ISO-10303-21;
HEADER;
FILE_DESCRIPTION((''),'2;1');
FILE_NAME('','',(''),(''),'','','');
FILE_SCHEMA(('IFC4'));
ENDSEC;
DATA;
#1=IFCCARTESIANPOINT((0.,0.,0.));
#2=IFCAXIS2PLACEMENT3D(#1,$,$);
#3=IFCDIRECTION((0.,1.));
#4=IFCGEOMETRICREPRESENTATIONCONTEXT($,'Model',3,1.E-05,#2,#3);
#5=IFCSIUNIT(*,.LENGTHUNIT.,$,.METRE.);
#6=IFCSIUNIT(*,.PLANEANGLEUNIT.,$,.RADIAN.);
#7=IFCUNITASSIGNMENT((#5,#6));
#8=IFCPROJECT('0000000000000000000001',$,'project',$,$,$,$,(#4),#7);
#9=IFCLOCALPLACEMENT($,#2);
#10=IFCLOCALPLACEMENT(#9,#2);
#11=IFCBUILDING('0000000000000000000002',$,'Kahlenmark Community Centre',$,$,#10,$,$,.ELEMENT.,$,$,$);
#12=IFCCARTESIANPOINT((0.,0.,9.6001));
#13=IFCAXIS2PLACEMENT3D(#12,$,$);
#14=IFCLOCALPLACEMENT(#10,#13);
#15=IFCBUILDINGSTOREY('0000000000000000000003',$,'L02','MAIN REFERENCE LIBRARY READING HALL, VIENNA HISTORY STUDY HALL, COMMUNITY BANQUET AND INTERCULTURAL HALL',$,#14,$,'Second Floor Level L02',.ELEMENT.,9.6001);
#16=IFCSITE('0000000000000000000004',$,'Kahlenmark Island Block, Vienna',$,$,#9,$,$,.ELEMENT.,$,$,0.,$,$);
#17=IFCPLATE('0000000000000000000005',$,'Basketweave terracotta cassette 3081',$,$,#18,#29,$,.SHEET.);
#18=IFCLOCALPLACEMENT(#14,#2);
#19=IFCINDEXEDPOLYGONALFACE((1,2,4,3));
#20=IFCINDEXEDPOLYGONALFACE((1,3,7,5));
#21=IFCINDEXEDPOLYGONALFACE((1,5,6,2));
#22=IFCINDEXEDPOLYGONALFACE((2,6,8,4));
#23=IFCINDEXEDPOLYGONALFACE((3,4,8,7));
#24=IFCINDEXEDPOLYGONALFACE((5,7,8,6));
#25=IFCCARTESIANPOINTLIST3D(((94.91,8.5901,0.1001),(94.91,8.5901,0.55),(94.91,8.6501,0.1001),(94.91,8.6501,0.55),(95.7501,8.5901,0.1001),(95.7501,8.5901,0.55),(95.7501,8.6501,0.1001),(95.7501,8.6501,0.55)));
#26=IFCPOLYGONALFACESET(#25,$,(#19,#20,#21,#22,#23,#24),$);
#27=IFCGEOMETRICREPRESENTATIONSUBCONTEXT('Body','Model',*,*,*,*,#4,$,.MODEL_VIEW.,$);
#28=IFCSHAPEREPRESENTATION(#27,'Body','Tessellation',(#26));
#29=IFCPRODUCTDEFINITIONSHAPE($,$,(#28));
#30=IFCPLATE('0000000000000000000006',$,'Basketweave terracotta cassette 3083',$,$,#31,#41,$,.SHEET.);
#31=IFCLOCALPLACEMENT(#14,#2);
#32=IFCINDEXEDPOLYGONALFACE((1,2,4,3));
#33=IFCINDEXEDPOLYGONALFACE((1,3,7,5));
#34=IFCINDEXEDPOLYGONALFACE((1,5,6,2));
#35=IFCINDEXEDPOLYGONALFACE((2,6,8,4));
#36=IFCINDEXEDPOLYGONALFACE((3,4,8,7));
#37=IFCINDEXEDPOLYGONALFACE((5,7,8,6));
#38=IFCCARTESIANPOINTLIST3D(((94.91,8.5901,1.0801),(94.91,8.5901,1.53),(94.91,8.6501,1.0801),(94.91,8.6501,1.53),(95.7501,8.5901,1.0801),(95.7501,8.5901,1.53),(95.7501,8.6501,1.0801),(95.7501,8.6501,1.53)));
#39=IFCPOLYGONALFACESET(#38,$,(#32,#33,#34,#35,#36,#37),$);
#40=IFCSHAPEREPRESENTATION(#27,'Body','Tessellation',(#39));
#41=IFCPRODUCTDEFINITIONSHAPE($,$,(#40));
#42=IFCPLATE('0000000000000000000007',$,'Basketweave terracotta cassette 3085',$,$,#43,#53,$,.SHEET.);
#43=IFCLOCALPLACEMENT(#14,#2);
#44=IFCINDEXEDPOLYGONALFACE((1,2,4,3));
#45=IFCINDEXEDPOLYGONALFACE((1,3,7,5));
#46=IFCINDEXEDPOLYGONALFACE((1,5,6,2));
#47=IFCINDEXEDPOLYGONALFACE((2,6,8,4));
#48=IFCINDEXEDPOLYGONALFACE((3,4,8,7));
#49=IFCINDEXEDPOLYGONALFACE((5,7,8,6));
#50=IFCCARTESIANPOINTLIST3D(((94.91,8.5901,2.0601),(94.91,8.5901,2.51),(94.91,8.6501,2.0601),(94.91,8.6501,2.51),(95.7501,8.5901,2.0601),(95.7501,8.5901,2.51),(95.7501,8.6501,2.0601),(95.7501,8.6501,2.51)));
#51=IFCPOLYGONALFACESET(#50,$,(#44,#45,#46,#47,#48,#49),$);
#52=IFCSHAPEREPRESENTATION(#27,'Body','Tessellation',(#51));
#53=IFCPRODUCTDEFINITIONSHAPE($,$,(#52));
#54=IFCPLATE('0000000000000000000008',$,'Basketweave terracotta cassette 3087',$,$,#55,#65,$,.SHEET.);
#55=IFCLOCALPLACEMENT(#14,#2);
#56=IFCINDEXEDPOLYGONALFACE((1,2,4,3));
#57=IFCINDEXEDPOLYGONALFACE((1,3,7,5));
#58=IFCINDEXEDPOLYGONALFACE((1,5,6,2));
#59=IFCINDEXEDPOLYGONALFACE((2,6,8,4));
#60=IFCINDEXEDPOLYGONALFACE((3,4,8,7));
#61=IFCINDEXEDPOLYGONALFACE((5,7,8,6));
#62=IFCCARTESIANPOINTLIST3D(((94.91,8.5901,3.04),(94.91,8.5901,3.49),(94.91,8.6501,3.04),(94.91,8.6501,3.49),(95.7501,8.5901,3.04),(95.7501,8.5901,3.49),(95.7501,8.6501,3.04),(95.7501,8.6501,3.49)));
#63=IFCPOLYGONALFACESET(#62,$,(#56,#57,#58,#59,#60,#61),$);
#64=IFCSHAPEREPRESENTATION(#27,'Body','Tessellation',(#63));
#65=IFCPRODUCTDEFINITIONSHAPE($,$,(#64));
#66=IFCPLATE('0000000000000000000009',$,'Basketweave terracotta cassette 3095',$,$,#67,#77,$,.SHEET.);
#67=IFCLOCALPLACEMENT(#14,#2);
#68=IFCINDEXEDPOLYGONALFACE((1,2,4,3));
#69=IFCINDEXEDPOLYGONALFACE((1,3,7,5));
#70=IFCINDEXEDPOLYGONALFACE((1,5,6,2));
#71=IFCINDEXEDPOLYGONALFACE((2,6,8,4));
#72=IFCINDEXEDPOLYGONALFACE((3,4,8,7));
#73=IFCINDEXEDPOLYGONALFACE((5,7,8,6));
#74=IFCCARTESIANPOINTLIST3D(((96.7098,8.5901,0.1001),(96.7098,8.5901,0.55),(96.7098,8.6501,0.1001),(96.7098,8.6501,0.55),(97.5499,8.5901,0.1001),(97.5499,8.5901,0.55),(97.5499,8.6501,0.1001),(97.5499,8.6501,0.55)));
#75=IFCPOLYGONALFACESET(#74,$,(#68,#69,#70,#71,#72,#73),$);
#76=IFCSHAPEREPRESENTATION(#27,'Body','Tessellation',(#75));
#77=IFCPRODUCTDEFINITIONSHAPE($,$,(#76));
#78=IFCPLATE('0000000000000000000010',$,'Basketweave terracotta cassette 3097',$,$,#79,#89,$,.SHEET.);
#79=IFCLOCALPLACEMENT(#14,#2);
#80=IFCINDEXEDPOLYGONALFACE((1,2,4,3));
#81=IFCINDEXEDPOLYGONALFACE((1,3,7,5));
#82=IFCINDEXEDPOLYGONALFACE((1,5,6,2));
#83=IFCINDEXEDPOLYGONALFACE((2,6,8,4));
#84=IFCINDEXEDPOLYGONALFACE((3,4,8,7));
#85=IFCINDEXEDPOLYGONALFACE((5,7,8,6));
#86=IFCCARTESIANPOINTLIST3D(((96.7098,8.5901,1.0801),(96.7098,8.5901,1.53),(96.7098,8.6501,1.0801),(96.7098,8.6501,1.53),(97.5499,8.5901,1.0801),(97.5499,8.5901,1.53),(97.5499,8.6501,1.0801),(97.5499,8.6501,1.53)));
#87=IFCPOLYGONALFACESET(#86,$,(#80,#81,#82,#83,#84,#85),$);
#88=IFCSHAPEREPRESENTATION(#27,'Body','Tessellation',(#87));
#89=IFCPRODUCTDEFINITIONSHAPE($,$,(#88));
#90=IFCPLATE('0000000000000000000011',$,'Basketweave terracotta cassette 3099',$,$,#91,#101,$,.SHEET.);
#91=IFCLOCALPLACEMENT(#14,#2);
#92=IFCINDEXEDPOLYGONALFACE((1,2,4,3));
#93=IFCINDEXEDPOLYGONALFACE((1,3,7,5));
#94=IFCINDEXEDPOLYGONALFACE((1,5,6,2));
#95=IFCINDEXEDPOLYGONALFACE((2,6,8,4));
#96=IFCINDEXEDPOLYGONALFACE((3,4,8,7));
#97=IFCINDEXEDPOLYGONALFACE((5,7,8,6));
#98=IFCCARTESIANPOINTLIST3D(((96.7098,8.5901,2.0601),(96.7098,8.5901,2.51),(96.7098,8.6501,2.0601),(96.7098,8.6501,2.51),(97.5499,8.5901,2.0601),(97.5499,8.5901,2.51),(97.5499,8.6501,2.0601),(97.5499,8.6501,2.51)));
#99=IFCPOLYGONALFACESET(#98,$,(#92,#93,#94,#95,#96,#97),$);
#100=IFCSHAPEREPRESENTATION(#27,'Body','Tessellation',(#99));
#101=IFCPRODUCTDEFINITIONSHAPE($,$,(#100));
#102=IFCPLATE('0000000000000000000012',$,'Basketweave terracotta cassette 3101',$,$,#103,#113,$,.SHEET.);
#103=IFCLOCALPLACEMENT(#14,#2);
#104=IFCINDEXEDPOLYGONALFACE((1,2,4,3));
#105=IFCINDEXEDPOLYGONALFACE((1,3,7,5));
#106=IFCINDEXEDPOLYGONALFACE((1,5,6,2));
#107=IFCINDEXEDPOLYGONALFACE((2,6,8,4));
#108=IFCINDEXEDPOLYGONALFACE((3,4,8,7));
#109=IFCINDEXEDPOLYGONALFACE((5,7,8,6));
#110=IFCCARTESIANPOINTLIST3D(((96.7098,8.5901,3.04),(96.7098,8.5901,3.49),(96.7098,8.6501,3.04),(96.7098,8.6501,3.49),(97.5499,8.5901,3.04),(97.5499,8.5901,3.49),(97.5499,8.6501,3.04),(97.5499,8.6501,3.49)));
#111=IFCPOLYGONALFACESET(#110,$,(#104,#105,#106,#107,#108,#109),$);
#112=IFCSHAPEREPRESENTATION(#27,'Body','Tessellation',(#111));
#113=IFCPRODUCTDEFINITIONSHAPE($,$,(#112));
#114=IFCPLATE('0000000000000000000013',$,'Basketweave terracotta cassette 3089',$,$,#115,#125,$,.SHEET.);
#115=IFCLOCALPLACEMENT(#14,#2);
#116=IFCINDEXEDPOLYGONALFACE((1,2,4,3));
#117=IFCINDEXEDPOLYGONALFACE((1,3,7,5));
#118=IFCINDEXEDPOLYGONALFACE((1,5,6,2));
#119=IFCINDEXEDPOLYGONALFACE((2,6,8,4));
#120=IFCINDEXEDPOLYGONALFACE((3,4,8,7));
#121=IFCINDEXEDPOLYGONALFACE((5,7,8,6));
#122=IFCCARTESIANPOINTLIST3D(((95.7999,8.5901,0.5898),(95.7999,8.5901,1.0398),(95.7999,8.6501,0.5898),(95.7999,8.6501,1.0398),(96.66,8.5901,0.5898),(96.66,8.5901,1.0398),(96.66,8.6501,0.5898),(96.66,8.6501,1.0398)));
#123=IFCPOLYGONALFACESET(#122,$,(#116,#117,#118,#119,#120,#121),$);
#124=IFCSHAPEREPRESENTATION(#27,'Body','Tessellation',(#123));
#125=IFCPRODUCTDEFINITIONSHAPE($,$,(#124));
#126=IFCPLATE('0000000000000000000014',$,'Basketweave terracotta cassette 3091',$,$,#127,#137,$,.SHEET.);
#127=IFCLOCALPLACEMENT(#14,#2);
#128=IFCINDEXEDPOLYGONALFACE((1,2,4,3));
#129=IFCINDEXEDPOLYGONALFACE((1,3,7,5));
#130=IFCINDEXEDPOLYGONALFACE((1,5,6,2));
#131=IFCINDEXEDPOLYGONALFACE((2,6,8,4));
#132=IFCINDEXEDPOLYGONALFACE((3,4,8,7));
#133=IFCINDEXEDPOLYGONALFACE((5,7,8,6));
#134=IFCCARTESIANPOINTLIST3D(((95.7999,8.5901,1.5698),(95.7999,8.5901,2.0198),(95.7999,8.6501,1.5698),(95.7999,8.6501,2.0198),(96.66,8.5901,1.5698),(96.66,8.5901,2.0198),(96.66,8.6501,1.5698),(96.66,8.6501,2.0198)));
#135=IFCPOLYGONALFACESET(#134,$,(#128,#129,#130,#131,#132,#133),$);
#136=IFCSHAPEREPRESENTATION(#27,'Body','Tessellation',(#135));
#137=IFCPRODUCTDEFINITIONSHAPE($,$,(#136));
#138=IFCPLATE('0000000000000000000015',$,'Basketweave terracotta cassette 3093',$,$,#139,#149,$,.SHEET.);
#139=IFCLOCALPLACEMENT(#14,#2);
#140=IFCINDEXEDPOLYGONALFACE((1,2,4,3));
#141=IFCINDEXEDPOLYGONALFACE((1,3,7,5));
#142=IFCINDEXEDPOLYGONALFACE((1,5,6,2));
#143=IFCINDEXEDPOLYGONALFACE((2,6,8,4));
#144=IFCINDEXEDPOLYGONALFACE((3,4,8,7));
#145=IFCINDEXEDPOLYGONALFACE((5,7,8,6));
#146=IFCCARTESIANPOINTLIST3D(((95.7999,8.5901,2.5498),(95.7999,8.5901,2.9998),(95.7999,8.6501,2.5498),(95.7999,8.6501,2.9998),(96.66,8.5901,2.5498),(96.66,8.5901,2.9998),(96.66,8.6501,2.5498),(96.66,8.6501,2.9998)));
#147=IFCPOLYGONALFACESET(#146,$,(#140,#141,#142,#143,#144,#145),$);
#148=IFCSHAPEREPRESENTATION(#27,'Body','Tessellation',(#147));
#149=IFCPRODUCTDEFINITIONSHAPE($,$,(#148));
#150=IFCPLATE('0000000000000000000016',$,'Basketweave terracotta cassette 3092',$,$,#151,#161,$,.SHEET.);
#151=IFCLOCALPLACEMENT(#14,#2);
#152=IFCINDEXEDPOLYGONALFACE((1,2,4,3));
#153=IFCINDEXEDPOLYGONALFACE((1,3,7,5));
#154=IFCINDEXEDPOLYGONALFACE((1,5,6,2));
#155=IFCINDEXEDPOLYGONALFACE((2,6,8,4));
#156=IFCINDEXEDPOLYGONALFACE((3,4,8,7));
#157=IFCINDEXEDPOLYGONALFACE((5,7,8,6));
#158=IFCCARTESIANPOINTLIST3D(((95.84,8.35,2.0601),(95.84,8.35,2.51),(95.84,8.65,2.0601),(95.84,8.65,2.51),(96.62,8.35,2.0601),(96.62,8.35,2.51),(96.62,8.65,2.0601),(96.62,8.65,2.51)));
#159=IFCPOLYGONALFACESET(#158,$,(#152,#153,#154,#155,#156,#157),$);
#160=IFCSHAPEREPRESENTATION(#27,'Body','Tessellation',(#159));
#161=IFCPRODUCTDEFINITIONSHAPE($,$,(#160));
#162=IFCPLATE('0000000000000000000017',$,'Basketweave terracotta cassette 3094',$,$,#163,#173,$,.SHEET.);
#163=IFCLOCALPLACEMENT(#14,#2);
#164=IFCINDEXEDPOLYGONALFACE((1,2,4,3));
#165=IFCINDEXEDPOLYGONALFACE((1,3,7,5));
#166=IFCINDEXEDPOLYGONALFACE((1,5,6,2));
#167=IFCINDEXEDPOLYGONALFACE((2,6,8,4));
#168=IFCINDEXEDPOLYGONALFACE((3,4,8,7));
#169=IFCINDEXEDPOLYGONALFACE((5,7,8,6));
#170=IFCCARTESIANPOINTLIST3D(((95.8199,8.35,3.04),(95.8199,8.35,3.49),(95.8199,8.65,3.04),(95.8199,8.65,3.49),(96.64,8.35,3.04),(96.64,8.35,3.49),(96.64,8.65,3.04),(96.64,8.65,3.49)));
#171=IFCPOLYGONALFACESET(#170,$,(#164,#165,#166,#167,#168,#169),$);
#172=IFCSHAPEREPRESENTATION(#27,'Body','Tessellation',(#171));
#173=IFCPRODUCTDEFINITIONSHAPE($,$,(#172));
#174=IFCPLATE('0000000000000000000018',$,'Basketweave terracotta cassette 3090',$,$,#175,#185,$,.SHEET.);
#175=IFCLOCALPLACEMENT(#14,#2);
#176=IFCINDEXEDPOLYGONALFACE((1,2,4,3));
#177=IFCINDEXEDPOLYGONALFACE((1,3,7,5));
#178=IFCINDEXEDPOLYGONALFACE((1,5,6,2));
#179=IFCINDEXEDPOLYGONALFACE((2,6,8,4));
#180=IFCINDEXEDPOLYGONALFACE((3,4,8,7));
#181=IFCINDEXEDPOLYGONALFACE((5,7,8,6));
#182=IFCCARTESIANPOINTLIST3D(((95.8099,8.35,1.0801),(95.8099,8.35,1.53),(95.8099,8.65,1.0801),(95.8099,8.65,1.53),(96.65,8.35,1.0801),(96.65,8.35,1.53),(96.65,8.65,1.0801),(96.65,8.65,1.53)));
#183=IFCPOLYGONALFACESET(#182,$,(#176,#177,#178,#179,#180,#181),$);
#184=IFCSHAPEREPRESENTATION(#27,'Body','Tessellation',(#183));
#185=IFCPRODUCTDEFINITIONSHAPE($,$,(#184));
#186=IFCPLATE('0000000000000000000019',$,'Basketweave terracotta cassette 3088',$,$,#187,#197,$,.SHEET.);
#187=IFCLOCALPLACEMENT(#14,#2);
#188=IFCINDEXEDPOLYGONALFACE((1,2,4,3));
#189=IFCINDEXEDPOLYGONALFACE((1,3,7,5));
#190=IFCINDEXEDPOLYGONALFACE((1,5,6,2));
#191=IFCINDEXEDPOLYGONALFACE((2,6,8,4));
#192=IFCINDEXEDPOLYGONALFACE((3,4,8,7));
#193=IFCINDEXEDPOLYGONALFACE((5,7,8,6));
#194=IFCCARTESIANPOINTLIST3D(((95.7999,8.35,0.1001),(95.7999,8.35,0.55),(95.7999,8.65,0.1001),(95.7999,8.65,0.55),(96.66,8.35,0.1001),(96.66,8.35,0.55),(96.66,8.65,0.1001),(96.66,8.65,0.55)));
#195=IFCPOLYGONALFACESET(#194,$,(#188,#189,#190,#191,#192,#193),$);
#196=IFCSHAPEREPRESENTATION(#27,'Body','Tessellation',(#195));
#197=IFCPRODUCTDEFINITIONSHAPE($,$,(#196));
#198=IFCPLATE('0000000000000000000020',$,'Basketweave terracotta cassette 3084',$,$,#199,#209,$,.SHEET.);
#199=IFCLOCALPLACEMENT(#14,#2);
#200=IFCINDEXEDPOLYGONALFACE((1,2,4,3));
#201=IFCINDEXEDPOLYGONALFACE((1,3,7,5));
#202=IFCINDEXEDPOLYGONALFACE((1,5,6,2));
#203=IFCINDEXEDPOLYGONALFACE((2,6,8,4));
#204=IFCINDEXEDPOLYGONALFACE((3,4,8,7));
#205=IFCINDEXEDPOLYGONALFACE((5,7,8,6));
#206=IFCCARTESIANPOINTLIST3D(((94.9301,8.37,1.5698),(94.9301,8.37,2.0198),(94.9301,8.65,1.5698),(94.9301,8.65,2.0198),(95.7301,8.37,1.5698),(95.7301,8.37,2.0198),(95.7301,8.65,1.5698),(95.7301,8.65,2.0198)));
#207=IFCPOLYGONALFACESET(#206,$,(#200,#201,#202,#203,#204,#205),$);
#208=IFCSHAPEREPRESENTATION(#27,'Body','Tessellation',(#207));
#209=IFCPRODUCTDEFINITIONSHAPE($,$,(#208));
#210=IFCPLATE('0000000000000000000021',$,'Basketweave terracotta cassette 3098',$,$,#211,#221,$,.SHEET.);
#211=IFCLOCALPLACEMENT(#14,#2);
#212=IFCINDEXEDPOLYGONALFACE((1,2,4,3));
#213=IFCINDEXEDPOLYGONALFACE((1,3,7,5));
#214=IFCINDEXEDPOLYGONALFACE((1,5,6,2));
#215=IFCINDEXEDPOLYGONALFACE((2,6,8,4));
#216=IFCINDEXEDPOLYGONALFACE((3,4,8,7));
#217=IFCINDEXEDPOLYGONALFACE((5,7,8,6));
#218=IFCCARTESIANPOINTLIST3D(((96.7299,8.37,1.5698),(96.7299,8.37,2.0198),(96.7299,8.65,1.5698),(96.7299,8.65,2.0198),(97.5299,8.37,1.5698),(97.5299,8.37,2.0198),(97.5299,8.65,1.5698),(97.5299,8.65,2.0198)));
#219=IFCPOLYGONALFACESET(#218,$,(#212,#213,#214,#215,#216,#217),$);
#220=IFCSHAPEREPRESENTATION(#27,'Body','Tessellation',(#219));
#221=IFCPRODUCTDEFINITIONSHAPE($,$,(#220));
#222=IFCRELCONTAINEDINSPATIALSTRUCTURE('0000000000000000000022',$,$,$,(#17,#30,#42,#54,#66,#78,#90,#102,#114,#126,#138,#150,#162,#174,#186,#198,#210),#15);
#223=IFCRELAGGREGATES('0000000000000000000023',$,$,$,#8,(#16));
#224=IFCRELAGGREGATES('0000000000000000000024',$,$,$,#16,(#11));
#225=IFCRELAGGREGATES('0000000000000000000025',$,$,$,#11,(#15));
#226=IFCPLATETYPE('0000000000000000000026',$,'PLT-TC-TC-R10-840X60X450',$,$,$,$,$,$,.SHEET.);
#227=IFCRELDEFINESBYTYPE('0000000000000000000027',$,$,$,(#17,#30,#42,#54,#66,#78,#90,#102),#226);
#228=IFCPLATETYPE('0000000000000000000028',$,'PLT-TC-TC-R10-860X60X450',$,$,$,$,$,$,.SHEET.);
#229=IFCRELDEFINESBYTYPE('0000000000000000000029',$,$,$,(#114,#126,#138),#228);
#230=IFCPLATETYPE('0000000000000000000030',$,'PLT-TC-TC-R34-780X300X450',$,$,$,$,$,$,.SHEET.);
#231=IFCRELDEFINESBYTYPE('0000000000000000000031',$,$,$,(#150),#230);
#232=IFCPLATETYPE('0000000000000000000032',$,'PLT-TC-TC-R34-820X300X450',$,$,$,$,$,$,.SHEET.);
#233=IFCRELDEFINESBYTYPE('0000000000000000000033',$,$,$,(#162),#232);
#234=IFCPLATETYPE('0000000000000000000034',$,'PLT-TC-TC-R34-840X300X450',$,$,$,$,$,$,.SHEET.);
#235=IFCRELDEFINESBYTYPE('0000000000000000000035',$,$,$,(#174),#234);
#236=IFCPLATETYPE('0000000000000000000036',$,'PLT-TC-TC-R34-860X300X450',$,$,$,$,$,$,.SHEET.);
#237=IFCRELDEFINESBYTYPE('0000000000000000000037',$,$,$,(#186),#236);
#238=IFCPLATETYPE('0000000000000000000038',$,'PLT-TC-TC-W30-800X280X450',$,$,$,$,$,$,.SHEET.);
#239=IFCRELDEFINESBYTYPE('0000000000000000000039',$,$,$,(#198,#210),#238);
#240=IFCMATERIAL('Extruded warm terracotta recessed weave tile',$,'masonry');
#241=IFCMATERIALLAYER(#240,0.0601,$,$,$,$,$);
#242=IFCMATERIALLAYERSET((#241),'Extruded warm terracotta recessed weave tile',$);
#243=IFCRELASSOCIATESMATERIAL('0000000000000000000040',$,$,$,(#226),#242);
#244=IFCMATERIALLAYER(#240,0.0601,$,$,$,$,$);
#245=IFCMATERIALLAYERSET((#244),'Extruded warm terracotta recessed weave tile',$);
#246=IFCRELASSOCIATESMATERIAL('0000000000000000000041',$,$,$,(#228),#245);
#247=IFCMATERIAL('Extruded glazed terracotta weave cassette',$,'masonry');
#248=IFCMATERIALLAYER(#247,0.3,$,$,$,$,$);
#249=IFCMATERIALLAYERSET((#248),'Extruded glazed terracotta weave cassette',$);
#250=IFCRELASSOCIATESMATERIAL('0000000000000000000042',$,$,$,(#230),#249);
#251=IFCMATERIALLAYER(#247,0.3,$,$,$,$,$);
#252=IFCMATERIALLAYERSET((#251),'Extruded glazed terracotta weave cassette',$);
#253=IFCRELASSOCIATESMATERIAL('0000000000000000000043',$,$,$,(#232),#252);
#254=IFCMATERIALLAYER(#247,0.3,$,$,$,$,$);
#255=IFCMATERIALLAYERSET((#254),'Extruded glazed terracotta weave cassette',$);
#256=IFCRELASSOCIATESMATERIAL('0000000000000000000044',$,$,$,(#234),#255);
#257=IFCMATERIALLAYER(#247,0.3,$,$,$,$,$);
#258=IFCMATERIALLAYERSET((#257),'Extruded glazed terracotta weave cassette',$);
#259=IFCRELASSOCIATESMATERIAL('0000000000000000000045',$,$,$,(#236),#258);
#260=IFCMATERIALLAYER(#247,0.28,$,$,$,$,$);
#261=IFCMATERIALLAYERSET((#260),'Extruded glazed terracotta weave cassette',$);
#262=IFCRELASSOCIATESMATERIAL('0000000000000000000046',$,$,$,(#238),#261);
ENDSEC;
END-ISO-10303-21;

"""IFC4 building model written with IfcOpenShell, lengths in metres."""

from ifc_helpers import new_model, si_unit, direction, frame, origin, origin_2d, place, context, subcontext, project, spatial, rectangle, extrude, material, layer, layer_set, type_object, element, save


model = new_model("IFC4")

# Units and contexts
model_context = context("Model", 3, precision=1e-05, world=origin(), true_north=direction((0.0, 1.0)))
body_context = subcontext(model_context, "Body", "Model", "MODEL_VIEW")
ifc_project = project(units=[si_unit("LENGTHUNIT", "METRE"), si_unit("PLANEANGLEUNIT", "RADIAN")], contexts=[model_context])

# Site, building, storey
site_placement = place(None, origin())
site = spatial("IfcSite", under=ifc_project, at=site_placement, Name="Kahlenmark Island Block, Vienna", CompositionType="ELEMENT", RefElevation=0.0)
building_placement = place(site_placement, origin())
building = spatial("IfcBuilding", under=site, at=building_placement, Name="Kahlenmark Community Centre", CompositionType="ELEMENT")
storey_placement = place(building_placement, frame((0.0, 0.0, 9.6001)))
storey = spatial("IfcBuildingStorey", under=building, at=storey_placement, Name="L02", Description="MAIN REFERENCE LIBRARY READING HALL, VIENNA HISTORY STUDY HALL, COMMUNITY BANQUET AND INTERCULTURAL HALL", LongName="Second Floor Level L02", CompositionType="ELEMENT", Elevation=9.6001)

# Plates
ifc_material_1 = material(Name="Extruded warm terracotta recessed weave tile", Category="masonry")
ifc_layer_1 = layer(ifc_material_1, 0.0601)
ifc_layer_set_1 = layer_set([ifc_layer_1], Name="Extruded warm terracotta recessed weave tile")
plate_type_1 = type_object("IfcPlateType", Name="PLT-TC-TC-R10-840X60X450", PredefinedType="SHEET", material=ifc_layer_set_1)
for number, where, z_axis, x_axis, name in (
    (1, (95.3301, 8.6201, 0.1001), (0.0, 0.0, 1.0), (1.0, 0.0, 0.0), "Basketweave terracotta cassette 3081"),
    (2, (95.3301, 8.6201, 1.0801), (0.0, 0.0, 1.0), (1.0, 0.0, 0.0), "Basketweave terracotta cassette 3083"),
    (3, (95.3301, 8.6201, 2.0601), (0.0, 0.0, 1.0), (1.0, 0.0, 0.0), "Basketweave terracotta cassette 3085"),
    (4, (95.3301, 8.6201, 3.04), (0.0, 0.0, 1.0), (1.0, 0.0, 0.0), "Basketweave terracotta cassette 3087"),
    (5, (97.1299, 8.6201, 0.1001), (0.0, 0.0, 1.0), (1.0, 0.0, 0.0), "Basketweave terracotta cassette 3095"),
    (6, (97.1299, 8.6201, 1.0801), (0.0, 0.0, 1.0), (1.0, 0.0, 0.0), "Basketweave terracotta cassette 3097"),
    (7, (97.1299, 8.6201, 2.0601), (0.0, 0.0, 1.0), (1.0, 0.0, 0.0), "Basketweave terracotta cassette 3099"),
    (8, (97.1299, 8.6201, 3.04), (0.0, 0.0, 1.0), (1.0, 0.0, 0.0), "Basketweave terracotta cassette 3101"),
):
    element("IfcPlate", number, at=place(storey_placement, frame(where, z_axis=z_axis, x_axis=x_axis)), inside=storey, type_object=plate_type_1, Name=name, PredefinedType="SHEET", context=body_context, shape_type="SweptSolid", body=[
        extrude(rectangle(XDim=0.8401, YDim=0.0601, at=origin_2d()), origin(), (0.0, 0.0, 1.0), 0.45),
    ])
ifc_layer_2 = layer(ifc_material_1, 0.0601)
ifc_layer_set_2 = layer_set([ifc_layer_2], Name="Extruded warm terracotta recessed weave tile")
plate_type_2 = type_object("IfcPlateType", Name="PLT-TC-TC-R10-860X60X450", PredefinedType="SHEET", material=ifc_layer_set_2)
for number, where, z_axis, x_axis, name in (
    (9, (96.23, 8.6201, 0.5898), (0.0, 0.0, 1.0), (1.0, 0.0, 0.0), "Basketweave terracotta cassette 3089"),
    (10, (96.23, 8.6201, 1.5698), (0.0, 0.0, 1.0), (1.0, 0.0, 0.0), "Basketweave terracotta cassette 3091"),
    (11, (96.23, 8.6201, 2.5498), (0.0, 0.0, 1.0), (1.0, 0.0, 0.0), "Basketweave terracotta cassette 3093"),
):
    element("IfcPlate", number, at=place(storey_placement, frame(where, z_axis=z_axis, x_axis=x_axis)), inside=storey, type_object=plate_type_2, Name=name, PredefinedType="SHEET", context=body_context, shape_type="SweptSolid", body=[
        extrude(rectangle(XDim=0.8601, YDim=0.0601, at=origin_2d()), origin(), (0.0, 0.0, 1.0), 0.45),
    ])
ifc_material_2 = material(Name="Extruded glazed terracotta weave cassette", Category="masonry")
ifc_layer_3 = layer(ifc_material_2, 0.3)
ifc_layer_set_3 = layer_set([ifc_layer_3], Name="Extruded glazed terracotta weave cassette")
plate_type_3 = type_object("IfcPlateType", Name="PLT-TC-TC-R34-780X300X450", PredefinedType="SHEET", material=ifc_layer_set_3)
plate_1_placement = place(storey_placement, frame((96.23, 8.5, 2.0601), z_axis=(0.0, 0.0, 1.0), x_axis=(1.0, 0.0, 0.0)))
element("IfcPlate", 12, at=plate_1_placement, inside=storey, type_object=plate_type_3, Name="Basketweave terracotta cassette 3092", PredefinedType="SHEET", context=body_context, shape_type="SweptSolid", body=[
    extrude(rectangle(XDim=0.78, YDim=0.3, at=origin_2d()), origin(), (0.0, 0.0, 1.0), 0.45),
])
ifc_layer_4 = layer(ifc_material_2, 0.3)
ifc_layer_set_4 = layer_set([ifc_layer_4], Name="Extruded glazed terracotta weave cassette")
plate_type_4 = type_object("IfcPlateType", Name="PLT-TC-TC-R34-820X300X450", PredefinedType="SHEET", material=ifc_layer_set_4)
plate_2_placement = place(storey_placement, frame((96.23, 8.5, 3.04), z_axis=(0.0, 0.0, 1.0), x_axis=(1.0, 0.0, 0.0)))
element("IfcPlate", 13, at=plate_2_placement, inside=storey, type_object=plate_type_4, Name="Basketweave terracotta cassette 3094", PredefinedType="SHEET", context=body_context, shape_type="SweptSolid", body=[
    extrude(rectangle(XDim=0.8201, YDim=0.3, at=origin_2d()), origin(), (0.0, 0.0, 1.0), 0.45),
])
ifc_layer_5 = layer(ifc_material_2, 0.3)
ifc_layer_set_5 = layer_set([ifc_layer_5], Name="Extruded glazed terracotta weave cassette")
plate_type_5 = type_object("IfcPlateType", Name="PLT-TC-TC-R34-840X300X450", PredefinedType="SHEET", material=ifc_layer_set_5)
plate_3_placement = place(storey_placement, frame((96.23, 8.5, 1.0801), z_axis=(0.0, 0.0, 1.0), x_axis=(1.0, 0.0, 0.0)))
element("IfcPlate", 14, at=plate_3_placement, inside=storey, type_object=plate_type_5, Name="Basketweave terracotta cassette 3090", PredefinedType="SHEET", context=body_context, shape_type="SweptSolid", body=[
    extrude(rectangle(XDim=0.8401, YDim=0.3, at=origin_2d()), origin(), (0.0, 0.0, 1.0), 0.45),
])
ifc_layer_6 = layer(ifc_material_2, 0.3)
ifc_layer_set_6 = layer_set([ifc_layer_6], Name="Extruded glazed terracotta weave cassette")
plate_type_6 = type_object("IfcPlateType", Name="PLT-TC-TC-R34-860X300X450", PredefinedType="SHEET", material=ifc_layer_set_6)
plate_4_placement = place(storey_placement, frame((96.23, 8.5, 0.1001), z_axis=(0.0, 0.0, 1.0), x_axis=(1.0, 0.0, 0.0)))
element("IfcPlate", 15, at=plate_4_placement, inside=storey, type_object=plate_type_6, Name="Basketweave terracotta cassette 3088", PredefinedType="SHEET", context=body_context, shape_type="SweptSolid", body=[
    extrude(rectangle(XDim=0.8601, YDim=0.3, at=origin_2d()), origin(), (0.0, 0.0, 1.0), 0.45),
])
ifc_layer_7 = layer(ifc_material_2, 0.28)
ifc_layer_set_7 = layer_set([ifc_layer_7], Name="Extruded glazed terracotta weave cassette")
plate_type_7 = type_object("IfcPlateType", Name="PLT-TC-TC-W30-800X280X450", PredefinedType="SHEET", material=ifc_layer_set_7)
for number, where, z_axis, x_axis, name in (
    (16, (95.3301, 8.51, 1.5698), (0.0, 0.0, 1.0), (1.0, 0.0, 0.0), "Basketweave terracotta cassette 3084"),
    (17, (97.1299, 8.51, 1.5698), (0.0, 0.0, 1.0), (1.0, 0.0, 0.0), "Basketweave terracotta cassette 3098"),
):
    element("IfcPlate", number, at=place(storey_placement, frame(where, z_axis=z_axis, x_axis=x_axis)), inside=storey, type_object=plate_type_7, Name=name, PredefinedType="SHEET", context=body_context, shape_type="SweptSolid", body=[
        extrude(rectangle(XDim=0.8, YDim=0.28, at=origin_2d()), origin(), (0.0, 0.0, 1.0), 0.45),
    ])

save(model, "model.ifc")
